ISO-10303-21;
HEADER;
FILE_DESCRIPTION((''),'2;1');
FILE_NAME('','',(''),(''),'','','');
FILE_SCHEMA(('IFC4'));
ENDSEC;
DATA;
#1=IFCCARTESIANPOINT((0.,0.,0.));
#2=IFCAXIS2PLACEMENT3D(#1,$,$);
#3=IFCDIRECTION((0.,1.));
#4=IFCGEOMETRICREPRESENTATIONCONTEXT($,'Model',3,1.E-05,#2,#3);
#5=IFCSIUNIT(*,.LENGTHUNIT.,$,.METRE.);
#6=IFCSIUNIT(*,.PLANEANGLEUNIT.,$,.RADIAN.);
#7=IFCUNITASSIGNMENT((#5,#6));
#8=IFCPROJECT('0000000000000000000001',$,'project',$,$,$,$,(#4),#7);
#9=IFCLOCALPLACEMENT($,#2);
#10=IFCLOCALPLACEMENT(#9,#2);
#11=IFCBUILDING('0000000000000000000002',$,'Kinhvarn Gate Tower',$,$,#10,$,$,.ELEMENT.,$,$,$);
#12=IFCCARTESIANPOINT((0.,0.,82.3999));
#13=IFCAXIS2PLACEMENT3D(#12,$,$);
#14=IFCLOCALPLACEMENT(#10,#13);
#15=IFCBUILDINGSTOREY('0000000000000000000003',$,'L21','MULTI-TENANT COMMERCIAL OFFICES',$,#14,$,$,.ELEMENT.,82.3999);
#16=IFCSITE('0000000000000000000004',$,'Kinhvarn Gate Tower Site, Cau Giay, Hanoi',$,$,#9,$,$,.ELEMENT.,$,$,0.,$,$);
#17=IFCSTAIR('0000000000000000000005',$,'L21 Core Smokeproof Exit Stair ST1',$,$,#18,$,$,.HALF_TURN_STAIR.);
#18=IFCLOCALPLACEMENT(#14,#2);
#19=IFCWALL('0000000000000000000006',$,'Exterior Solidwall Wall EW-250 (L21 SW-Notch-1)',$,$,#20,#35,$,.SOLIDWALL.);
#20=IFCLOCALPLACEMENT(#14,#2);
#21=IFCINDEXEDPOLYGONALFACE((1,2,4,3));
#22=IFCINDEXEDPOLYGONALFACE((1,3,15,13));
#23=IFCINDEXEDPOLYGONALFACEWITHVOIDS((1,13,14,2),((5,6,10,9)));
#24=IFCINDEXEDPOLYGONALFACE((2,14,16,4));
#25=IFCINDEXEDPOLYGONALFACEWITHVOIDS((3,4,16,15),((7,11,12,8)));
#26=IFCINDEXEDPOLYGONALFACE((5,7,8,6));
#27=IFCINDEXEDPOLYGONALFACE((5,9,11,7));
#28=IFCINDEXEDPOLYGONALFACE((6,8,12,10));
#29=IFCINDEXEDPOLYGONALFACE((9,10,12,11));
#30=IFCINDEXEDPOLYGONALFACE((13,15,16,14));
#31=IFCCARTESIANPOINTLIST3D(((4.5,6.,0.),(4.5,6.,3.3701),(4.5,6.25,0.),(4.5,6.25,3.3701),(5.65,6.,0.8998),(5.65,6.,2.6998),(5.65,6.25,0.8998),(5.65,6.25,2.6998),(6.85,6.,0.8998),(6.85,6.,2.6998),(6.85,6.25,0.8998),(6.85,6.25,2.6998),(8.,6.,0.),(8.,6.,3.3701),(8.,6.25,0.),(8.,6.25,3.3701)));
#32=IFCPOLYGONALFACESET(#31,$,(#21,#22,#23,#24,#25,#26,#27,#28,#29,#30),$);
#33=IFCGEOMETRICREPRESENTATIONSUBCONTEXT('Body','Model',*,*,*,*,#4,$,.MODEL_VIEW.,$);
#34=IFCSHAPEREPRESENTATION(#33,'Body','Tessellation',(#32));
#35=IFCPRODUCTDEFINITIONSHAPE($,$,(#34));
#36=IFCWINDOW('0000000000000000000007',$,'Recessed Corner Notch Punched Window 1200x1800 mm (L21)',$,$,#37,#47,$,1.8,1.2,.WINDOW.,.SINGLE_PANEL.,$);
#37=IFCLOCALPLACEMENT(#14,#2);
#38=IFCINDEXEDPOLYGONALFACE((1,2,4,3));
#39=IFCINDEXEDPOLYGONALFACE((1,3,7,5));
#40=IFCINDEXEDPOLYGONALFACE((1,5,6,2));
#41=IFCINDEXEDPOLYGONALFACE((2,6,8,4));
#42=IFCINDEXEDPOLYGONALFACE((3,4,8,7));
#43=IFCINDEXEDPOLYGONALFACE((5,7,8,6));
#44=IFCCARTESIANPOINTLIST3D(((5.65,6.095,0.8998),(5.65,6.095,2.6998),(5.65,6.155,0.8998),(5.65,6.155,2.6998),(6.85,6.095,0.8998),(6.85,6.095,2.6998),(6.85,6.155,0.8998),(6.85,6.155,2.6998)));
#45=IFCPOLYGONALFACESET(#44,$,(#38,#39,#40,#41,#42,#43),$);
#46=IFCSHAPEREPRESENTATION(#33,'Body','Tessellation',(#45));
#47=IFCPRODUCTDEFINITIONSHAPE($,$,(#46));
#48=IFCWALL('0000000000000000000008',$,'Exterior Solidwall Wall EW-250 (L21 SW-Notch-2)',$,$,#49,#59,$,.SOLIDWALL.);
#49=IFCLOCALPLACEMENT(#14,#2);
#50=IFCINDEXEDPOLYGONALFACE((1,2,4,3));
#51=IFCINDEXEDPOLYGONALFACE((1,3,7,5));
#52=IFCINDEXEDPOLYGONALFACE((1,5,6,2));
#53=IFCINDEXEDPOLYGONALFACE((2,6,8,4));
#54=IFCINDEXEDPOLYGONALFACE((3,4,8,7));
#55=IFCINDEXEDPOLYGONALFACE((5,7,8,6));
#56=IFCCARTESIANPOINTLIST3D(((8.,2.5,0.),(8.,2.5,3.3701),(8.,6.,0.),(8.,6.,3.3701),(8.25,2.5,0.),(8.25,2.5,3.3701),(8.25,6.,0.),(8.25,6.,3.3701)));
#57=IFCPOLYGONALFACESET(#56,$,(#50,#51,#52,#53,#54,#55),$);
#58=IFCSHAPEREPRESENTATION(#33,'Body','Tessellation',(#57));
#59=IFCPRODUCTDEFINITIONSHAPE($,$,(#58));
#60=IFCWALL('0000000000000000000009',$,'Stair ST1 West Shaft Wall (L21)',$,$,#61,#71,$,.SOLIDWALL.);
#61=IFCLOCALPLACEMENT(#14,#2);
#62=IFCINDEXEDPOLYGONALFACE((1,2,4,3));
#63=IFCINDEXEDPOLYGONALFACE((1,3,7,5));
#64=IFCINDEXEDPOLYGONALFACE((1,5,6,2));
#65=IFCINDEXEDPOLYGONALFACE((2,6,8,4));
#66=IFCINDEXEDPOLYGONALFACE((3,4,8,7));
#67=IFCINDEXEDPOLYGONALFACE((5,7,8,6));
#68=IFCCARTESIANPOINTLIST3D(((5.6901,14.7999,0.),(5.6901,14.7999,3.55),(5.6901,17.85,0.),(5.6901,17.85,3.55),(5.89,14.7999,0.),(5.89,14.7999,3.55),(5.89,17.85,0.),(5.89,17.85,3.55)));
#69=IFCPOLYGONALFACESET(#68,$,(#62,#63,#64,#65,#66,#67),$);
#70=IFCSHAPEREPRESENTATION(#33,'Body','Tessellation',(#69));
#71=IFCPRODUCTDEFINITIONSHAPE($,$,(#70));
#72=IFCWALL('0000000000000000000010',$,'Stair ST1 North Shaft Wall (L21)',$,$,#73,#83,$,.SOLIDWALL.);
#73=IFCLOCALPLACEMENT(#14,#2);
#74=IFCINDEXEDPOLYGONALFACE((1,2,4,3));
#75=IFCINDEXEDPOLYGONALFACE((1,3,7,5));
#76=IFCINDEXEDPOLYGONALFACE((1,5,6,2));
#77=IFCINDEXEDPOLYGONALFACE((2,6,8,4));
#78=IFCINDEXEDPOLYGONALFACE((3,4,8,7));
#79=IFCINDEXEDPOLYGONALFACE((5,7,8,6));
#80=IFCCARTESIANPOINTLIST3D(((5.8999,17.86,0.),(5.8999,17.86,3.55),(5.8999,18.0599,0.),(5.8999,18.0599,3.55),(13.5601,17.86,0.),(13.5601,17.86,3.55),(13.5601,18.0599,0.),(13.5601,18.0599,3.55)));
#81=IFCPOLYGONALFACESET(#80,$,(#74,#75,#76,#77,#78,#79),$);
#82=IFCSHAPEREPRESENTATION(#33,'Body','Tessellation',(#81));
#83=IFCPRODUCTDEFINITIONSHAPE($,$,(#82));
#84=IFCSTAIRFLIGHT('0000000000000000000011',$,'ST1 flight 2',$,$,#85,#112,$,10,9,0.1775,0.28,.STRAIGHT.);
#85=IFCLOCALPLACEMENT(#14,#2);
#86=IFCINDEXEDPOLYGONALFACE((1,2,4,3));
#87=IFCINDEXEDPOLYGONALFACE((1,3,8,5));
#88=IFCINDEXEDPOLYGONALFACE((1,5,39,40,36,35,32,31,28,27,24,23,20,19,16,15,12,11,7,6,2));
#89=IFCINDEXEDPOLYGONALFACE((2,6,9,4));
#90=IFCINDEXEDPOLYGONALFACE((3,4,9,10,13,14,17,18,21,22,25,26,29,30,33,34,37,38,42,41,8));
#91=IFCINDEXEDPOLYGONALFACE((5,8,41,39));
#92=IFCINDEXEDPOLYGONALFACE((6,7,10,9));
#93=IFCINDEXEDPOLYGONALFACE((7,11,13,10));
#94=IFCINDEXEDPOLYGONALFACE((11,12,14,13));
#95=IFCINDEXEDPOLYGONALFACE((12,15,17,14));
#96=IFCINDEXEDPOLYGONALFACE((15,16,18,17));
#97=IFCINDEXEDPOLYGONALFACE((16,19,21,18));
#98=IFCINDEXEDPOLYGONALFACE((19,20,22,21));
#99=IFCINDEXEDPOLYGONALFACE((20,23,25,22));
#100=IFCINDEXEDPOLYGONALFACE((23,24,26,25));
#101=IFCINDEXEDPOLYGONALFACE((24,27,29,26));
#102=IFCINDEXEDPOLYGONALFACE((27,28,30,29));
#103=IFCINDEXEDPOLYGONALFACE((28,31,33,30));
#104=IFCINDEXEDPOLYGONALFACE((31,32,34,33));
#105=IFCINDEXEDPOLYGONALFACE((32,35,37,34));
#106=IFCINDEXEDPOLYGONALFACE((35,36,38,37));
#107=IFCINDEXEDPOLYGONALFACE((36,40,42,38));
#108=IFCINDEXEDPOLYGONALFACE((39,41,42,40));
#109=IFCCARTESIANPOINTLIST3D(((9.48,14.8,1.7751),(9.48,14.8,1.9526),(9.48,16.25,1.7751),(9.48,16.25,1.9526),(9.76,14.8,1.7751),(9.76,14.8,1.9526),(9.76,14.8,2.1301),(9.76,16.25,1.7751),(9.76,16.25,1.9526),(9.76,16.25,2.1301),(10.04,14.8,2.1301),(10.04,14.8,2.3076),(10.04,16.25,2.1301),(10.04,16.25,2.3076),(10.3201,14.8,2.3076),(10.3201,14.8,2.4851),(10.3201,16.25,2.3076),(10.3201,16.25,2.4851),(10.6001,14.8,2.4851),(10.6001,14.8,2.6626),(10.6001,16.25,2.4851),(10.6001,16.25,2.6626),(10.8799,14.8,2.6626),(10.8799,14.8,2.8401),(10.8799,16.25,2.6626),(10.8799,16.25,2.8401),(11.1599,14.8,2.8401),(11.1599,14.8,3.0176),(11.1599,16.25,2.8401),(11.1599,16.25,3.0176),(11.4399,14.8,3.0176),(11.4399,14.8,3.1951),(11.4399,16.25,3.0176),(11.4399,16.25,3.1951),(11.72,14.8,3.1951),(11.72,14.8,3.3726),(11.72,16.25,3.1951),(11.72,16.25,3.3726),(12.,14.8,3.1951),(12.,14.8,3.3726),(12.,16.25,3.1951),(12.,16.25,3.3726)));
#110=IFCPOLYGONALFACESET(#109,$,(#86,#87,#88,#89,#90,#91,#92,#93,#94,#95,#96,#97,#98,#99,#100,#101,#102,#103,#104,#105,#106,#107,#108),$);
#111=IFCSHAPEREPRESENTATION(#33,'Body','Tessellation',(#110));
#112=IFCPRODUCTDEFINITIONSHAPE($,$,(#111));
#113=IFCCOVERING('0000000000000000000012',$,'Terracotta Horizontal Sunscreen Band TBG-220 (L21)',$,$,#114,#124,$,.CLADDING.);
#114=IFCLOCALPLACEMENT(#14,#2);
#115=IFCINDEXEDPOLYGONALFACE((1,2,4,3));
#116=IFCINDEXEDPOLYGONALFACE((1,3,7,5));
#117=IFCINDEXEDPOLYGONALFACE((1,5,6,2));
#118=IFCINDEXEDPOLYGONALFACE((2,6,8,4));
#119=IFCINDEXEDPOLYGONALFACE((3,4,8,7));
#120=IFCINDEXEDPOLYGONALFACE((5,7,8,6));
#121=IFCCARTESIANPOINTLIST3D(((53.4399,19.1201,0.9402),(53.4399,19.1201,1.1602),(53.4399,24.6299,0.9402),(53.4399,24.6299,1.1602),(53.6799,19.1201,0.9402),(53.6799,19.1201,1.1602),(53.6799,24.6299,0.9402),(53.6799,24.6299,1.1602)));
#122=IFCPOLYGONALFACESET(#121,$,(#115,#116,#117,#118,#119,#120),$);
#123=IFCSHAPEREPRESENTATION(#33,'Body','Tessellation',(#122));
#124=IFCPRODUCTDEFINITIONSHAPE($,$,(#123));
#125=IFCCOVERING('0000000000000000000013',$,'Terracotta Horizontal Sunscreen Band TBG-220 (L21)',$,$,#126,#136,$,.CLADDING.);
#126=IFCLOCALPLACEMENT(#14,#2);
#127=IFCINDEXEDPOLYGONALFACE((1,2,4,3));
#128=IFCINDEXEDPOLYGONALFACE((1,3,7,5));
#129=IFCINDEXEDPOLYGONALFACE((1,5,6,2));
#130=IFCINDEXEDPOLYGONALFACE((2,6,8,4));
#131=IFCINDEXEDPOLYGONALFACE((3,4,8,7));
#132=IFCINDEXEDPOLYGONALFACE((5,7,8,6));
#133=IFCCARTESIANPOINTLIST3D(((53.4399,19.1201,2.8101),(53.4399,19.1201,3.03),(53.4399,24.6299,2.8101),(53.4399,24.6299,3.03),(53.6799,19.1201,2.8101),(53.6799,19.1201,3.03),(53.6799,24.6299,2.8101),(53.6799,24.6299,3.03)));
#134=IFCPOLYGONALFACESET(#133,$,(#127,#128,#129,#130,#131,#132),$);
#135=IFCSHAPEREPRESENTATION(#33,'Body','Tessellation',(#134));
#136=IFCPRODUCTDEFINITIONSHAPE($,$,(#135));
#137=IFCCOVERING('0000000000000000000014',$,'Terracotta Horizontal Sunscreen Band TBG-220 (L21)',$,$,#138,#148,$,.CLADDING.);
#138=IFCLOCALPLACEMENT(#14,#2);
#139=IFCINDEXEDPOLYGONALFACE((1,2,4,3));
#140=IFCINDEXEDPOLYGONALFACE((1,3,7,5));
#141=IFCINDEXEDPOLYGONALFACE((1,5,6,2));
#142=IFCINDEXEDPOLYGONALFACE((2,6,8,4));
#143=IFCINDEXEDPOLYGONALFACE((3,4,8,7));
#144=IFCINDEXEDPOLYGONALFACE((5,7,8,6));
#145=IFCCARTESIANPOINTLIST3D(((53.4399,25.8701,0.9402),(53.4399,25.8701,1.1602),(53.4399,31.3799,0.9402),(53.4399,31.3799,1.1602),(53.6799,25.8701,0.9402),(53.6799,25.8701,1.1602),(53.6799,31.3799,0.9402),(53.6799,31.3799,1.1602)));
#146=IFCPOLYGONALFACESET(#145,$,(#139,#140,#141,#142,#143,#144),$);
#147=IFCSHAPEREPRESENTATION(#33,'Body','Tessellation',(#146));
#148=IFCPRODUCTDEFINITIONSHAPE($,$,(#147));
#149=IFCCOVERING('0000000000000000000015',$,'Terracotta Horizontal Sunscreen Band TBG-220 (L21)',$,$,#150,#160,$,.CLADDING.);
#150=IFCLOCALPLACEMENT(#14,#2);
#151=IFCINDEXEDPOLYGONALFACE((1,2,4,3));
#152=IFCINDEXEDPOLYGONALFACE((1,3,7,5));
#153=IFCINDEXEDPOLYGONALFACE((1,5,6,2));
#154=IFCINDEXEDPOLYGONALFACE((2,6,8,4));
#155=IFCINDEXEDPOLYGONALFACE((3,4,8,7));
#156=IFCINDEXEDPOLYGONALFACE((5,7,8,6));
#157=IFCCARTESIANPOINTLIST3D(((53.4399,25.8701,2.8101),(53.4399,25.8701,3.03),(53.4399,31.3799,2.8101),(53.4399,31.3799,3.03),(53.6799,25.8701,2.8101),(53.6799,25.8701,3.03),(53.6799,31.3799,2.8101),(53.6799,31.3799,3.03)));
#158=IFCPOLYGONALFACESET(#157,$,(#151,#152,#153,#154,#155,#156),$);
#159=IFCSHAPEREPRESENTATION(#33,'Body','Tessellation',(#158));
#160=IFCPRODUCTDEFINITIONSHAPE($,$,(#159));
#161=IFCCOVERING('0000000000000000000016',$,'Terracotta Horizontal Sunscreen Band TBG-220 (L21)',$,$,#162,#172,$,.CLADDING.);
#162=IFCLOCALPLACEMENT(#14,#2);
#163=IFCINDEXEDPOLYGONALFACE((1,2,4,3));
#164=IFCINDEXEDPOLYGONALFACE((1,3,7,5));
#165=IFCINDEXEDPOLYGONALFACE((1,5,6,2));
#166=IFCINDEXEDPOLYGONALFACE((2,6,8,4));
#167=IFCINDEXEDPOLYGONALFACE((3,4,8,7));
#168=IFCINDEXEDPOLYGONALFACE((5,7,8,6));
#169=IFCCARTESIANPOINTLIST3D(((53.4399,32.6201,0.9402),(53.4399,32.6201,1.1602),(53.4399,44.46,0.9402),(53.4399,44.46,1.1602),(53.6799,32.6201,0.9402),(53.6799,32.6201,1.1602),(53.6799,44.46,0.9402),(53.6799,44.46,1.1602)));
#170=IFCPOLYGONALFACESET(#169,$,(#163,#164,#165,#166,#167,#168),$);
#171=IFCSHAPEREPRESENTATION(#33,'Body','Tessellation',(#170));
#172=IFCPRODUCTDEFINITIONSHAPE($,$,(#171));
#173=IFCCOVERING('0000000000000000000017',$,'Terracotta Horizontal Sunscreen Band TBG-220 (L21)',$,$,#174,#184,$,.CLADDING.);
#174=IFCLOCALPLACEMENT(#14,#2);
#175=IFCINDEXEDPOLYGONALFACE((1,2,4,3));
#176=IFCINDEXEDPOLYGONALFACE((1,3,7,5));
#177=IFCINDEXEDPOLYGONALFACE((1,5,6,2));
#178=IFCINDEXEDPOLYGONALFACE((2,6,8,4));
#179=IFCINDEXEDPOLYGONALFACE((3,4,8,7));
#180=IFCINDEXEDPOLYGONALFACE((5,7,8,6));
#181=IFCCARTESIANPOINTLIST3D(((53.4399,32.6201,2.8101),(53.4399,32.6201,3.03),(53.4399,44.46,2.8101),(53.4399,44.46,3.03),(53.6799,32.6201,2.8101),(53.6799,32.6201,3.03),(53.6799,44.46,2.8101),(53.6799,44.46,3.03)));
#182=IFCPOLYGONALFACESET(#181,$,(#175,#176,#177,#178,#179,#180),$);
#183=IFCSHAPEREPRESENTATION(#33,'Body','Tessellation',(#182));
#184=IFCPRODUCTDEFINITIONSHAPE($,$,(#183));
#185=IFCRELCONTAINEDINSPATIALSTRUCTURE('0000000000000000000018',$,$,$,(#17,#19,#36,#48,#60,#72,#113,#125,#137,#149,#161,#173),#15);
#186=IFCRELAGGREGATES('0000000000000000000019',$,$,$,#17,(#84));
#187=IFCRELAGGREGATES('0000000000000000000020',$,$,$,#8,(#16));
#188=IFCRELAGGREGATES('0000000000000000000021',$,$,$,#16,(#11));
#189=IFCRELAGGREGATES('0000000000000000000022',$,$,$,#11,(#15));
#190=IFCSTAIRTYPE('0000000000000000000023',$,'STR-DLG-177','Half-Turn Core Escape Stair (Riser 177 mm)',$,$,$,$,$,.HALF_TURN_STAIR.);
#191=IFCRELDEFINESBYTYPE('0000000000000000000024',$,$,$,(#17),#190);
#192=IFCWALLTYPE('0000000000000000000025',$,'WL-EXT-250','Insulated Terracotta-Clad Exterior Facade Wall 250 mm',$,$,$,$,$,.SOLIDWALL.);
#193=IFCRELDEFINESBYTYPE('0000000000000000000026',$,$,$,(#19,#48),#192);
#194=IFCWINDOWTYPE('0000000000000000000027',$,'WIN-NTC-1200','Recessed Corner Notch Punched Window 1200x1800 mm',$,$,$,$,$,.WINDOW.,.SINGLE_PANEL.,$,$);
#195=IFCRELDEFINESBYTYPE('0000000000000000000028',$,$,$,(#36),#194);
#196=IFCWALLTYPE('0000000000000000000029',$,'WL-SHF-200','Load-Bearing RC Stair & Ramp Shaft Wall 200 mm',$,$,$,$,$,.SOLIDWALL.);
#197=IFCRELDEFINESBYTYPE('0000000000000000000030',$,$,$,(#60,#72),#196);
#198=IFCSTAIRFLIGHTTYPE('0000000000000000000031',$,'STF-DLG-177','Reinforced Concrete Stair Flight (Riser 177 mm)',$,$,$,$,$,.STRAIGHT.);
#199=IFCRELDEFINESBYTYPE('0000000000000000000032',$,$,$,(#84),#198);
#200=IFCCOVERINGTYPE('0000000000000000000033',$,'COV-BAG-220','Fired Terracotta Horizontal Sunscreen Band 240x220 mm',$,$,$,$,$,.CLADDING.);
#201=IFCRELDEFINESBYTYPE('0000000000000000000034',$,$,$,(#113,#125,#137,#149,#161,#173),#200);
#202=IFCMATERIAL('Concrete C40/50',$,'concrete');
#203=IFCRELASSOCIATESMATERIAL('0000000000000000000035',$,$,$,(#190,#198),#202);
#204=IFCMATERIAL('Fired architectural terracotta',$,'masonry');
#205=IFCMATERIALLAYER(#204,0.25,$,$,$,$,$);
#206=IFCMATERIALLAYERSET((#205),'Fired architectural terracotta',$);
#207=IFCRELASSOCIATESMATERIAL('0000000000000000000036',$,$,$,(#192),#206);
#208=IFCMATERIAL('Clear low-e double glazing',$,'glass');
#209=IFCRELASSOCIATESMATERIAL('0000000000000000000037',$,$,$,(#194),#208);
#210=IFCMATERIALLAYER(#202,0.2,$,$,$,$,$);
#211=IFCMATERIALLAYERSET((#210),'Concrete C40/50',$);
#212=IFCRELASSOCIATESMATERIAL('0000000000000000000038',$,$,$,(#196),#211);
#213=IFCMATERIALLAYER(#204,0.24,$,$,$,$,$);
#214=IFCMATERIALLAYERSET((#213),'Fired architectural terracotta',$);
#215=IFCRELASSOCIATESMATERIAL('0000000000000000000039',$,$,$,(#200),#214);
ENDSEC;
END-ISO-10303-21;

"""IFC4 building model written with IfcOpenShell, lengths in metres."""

from ifc_helpers import new_model, si_unit, direction, frame, frame_2d, origin, place, context, subcontext, project, spatial, polyline, rectangle, outline, extrude, material, layer, layer_set, type_object, element, fill, aggregate, save


model = new_model("IFC4")

# Units and contexts
model_context = context("Model", 3, precision=1e-05, world=origin(), true_north=direction((0.0, 1.0)))
body_context = subcontext(model_context, "Body", "Model", "MODEL_VIEW")
ifc_project = project(units=[si_unit("LENGTHUNIT", "METRE"), si_unit("PLANEANGLEUNIT", "RADIAN")], contexts=[model_context])

# Site, building, storey
site_placement = place(None, origin())
site = spatial("IfcSite", under=ifc_project, at=site_placement, Name="Kinhvarn Gate Tower Site, Cau Giay, Hanoi", CompositionType="ELEMENT", RefElevation=0.0)
building_placement = place(site_placement, origin())
building = spatial("IfcBuilding", under=site, at=building_placement, Name="Kinhvarn Gate Tower", CompositionType="ELEMENT")
storey_placement = place(building_placement, frame((0.0, 0.0, 82.3999)))
storey = spatial("IfcBuildingStorey", under=building, at=storey_placement, Name="L21", Description="MULTI-TENANT COMMERCIAL OFFICES", CompositionType="ELEMENT", Elevation=82.3999)

# Shared definitions
ifc_material_1 = material(Name="Clear low-e double glazing", Category="glass")

# Stair
ifc_material_2 = material(Name="Concrete C40/50", Category="concrete")
stair_type = type_object("IfcStairType", Name="STR-DLG-177", Description="Half-Turn Core Escape Stair (Riser 177 mm)", PredefinedType="HALF_TURN_STAIR", material=ifc_material_2)
stair_1_placement = place(storey_placement, origin())
stair_1 = element("IfcStair", 1, at=stair_1_placement, inside=storey, type_object=stair_type, Name="L21 Core Smokeproof Exit Stair ST1", PredefinedType="HALF_TURN_STAIR")

# Wall, opening, window
ifc_material_3 = material(Name="Fired architectural terracotta", Category="masonry")
ifc_layer_1 = layer(ifc_material_3, 0.25)
ifc_layer_set_1 = layer_set([ifc_layer_1], Name="Fired architectural terracotta")
wall_type_1 = type_object("IfcWallType", Name="WL-EXT-250", Description="Insulated Terracotta-Clad Exterior Facade Wall 250 mm", PredefinedType="SOLIDWALL", material=ifc_layer_set_1)
wall_1_placement = place(storey_placement, frame((4.5, 6.125, 0.0), z_axis=(0.0, 0.0, 1.0), x_axis=(1.0, 0.0, 0.0)))
wall_1 = element("IfcWall", 2, at=wall_1_placement, inside=storey, type_object=wall_type_1, Name="Exterior Solidwall Wall EW-250 (L21 SW-Notch-1)", PredefinedType="SOLIDWALL", context=body_context, shape_type="SweptSolid", body=[
    extrude(rectangle(XDim=3.5, YDim=0.25, at=frame_2d((1.75, 0.0))), origin(), (0.0, 0.0, 1.0), 3.3701),
])
opening_1_placement = place(wall_1_placement, frame((1.1499, 0.0, 0.8999)))
opening_1 = element("IfcOpeningElement", 3, at=opening_1_placement, cuts=wall_1, PredefinedType="OPENING", context=body_context, shape_type="SweptSolid", body=[
    extrude(rectangle(XDim=1.2, YDim=1.8, at=frame_2d((0.6001, 0.8999))), frame((0.0, 0.135, 0.0), z_axis=(0.0, -1.0, 0.0), x_axis=(1.0, 0.0, 0.0)), (0.0, 0.0, 1.0), 0.27),
])
window_type_1 = type_object("IfcWindowType", Name="WIN-NTC-1200", Description="Recessed Corner Notch Punched Window 1200x1800 mm", PartitioningType="SINGLE_PANEL", PredefinedType="WINDOW", material=ifc_material_1)
window_1_placement = place(opening_1_placement, origin())
window_1 = element("IfcWindow", 4, at=window_1_placement, inside=storey, type_object=window_type_1, Name="Recessed Corner Notch Punched Window 1200x1800 mm (L21)", OverallHeight=1.8, OverallWidth=1.2, PartitioningType="SINGLE_PANEL", PredefinedType="WINDOW", context=body_context, shape_type="SweptSolid", body=[
    extrude(rectangle(XDim=1.2, YDim=1.8, at=frame_2d((0.6001, 0.8999))), frame((0.0, 0.03, 0.0), z_axis=(0.0, -1.0, 0.0), x_axis=(1.0, 0.0, 0.0)), (0.0, 0.0, 1.0), 0.0601),
])
fill(opening_1, window_1)

# Walls
wall_2_placement = place(storey_placement, frame((8.125, 6.0, 0.0), z_axis=(0.0, 0.0, 1.0), x_axis=(0.0, -1.0, 0.0)))
element("IfcWall", 5, at=wall_2_placement, inside=storey, type_object=wall_type_1, Name="Exterior Solidwall Wall EW-250 (L21 SW-Notch-2)", PredefinedType="SOLIDWALL", context=body_context, shape_type="SweptSolid", body=[
    extrude(rectangle(XDim=3.5, YDim=0.25, at=frame_2d((1.75, 0.0))), origin(), (0.0, 0.0, 1.0), 3.3701),
])
ifc_layer_2 = layer(ifc_material_2, 0.2)
ifc_layer_set_2 = layer_set([ifc_layer_2], Name="Concrete C40/50")
wall_type_2 = type_object("IfcWallType", Name="WL-SHF-200", Description="Load-Bearing RC Stair & Ramp Shaft Wall 200 mm", PredefinedType="SOLIDWALL", material=ifc_layer_set_2)
wall_3_placement = place(storey_placement, frame((5.79, 14.8, 0.0), z_axis=(0.0, 0.0, 1.0), x_axis=(0.0, 1.0, 0.0)))
element("IfcWall", 6, at=wall_3_placement, inside=storey, type_object=wall_type_2, Name="Stair ST1 West Shaft Wall (L21)", PredefinedType="SOLIDWALL", context=body_context, shape_type="SweptSolid", body=[
    extrude(rectangle(XDim=3.05, YDim=0.2, at=frame_2d((1.5249, 0.0))), origin(), (0.0, 0.0, 1.0), 3.55),
])
wall_4_placement = place(storey_placement, frame((5.8999, 17.96, 0.0), z_axis=(0.0, 0.0, 1.0), x_axis=(1.0, 0.0, 0.0)))
element("IfcWall", 7, at=wall_4_placement, inside=storey, type_object=wall_type_2, Name="Stair ST1 North Shaft Wall (L21)", PredefinedType="SOLIDWALL", context=body_context, shape_type="SweptSolid", body=[
    extrude(rectangle(XDim=7.6602, YDim=0.2, at=frame_2d((3.8301, 0.0))), origin(), (0.0, 0.0, 1.0), 3.55),
])

# Stair flight
stair_flight_type = type_object("IfcStairFlightType", Name="STF-DLG-177", Description="Reinforced Concrete Stair Flight (Riser 177 mm)", PredefinedType="STRAIGHT", material=ifc_material_2)
stair_flight_placement = place(storey_placement, frame((9.48, 15.5249, 1.7751), z_axis=(0.0, 0.0, 1.0), x_axis=(1.0, 0.0, 0.0)))
stair_flight = element("IfcStairFlight", 8, at=stair_flight_placement, type_object=stair_flight_type, Name="ST1 flight 2", NumberOfRisers=10, NumberOfTreads=9, PredefinedType="STRAIGHT", RiserHeight=0.1775, TreadLength=0.28, context=body_context, shape_type="SweptSolid", body=[
    extrude(outline(polyline([(0.0, 0.0), (0.0, 0.1775), (0.28, 0.1775), (0.28, 0.355), (0.5601, 0.355), (0.5601, 0.5325), (0.8401, 0.5325), (0.8401, 0.71), (1.1201, 0.71), (1.1201, 0.8875), (1.3999, 0.8875), (1.3999, 1.0649), (1.6799, 1.0649), (1.6799, 1.2424), (1.96, 1.2424), (1.96, 1.4199), (2.24, 1.4199), (2.24, 1.5974), (2.52, 1.5974), (2.52, 1.7749), (2.52, 1.4199), (0.28, 0.0), (0.0, 0.0)])), frame((0.0, 0.7251, 0.0), z_axis=(0.0, -1.0, 0.0), x_axis=(1.0, 0.0, 0.0)), (0.0, 0.0, 1.0), 1.45),
])
aggregate(stair_1, [stair_flight])

# Coverings
ifc_layer_3 = layer(ifc_material_3, 0.24)
ifc_layer_set_3 = layer_set([ifc_layer_3], Name="Fired architectural terracotta")
covering_type_1 = type_object("IfcCoveringType", Name="COV-BAG-220", Description="Fired Terracotta Horizontal Sunscreen Band 240x220 mm", PredefinedType="CLADDING", material=ifc_layer_set_3)
for number, where, name in (
    (9, (0.0, 0.0, 0.9402), "Terracotta Horizontal Sunscreen Band TBG-220 (L21)"),
    (10, (0.0, 0.0, 2.8101), "Terracotta Horizontal Sunscreen Band TBG-220 (L21)"),
):
    element("IfcCovering", number, at=place(storey_placement, frame(where)), inside=storey, type_object=covering_type_1, Name=name, PredefinedType="CLADDING", context=body_context, shape_type="SweptSolid", body=[
        extrude(outline(polyline([(53.4399, 19.1201), (53.4399, 24.6299), (53.6799, 24.6299), (53.6799, 19.1201), (53.4399, 19.1201)])), origin(), (0.0, 0.0, 1.0), 0.22),
    ])
for number, where, name in (
    (11, (0.0, 0.0, 0.9402), "Terracotta Horizontal Sunscreen Band TBG-220 (L21)"),
    (12, (0.0, 0.0, 2.8101), "Terracotta Horizontal Sunscreen Band TBG-220 (L21)"),
):
    element("IfcCovering", number, at=place(storey_placement, frame(where)), inside=storey, type_object=covering_type_1, Name=name, PredefinedType="CLADDING", context=body_context, shape_type="SweptSolid", body=[
        extrude(outline(polyline([(53.4399, 25.8701), (53.4399, 31.3799), (53.6799, 31.3799), (53.6799, 25.8701), (53.4399, 25.8701)])), origin(), (0.0, 0.0, 1.0), 0.22),
    ])
for number, where, name in (
    (13, (0.0, 0.0, 0.9402), "Terracotta Horizontal Sunscreen Band TBG-220 (L21)"),
    (14, (0.0, 0.0, 2.8101), "Terracotta Horizontal Sunscreen Band TBG-220 (L21)"),
):
    element("IfcCovering", number, at=place(storey_placement, frame(where)), inside=storey, type_object=covering_type_1, Name=name, PredefinedType="CLADDING", context=body_context, shape_type="SweptSolid", body=[
        extrude(outline(polyline([(53.4399, 32.6201), (53.4399, 44.46), (53.6799, 44.46), (53.6799, 32.6201), (53.4399, 32.6201)])), origin(), (0.0, 0.0, 1.0), 0.22),
    ])

save(model, "model.ifc")
